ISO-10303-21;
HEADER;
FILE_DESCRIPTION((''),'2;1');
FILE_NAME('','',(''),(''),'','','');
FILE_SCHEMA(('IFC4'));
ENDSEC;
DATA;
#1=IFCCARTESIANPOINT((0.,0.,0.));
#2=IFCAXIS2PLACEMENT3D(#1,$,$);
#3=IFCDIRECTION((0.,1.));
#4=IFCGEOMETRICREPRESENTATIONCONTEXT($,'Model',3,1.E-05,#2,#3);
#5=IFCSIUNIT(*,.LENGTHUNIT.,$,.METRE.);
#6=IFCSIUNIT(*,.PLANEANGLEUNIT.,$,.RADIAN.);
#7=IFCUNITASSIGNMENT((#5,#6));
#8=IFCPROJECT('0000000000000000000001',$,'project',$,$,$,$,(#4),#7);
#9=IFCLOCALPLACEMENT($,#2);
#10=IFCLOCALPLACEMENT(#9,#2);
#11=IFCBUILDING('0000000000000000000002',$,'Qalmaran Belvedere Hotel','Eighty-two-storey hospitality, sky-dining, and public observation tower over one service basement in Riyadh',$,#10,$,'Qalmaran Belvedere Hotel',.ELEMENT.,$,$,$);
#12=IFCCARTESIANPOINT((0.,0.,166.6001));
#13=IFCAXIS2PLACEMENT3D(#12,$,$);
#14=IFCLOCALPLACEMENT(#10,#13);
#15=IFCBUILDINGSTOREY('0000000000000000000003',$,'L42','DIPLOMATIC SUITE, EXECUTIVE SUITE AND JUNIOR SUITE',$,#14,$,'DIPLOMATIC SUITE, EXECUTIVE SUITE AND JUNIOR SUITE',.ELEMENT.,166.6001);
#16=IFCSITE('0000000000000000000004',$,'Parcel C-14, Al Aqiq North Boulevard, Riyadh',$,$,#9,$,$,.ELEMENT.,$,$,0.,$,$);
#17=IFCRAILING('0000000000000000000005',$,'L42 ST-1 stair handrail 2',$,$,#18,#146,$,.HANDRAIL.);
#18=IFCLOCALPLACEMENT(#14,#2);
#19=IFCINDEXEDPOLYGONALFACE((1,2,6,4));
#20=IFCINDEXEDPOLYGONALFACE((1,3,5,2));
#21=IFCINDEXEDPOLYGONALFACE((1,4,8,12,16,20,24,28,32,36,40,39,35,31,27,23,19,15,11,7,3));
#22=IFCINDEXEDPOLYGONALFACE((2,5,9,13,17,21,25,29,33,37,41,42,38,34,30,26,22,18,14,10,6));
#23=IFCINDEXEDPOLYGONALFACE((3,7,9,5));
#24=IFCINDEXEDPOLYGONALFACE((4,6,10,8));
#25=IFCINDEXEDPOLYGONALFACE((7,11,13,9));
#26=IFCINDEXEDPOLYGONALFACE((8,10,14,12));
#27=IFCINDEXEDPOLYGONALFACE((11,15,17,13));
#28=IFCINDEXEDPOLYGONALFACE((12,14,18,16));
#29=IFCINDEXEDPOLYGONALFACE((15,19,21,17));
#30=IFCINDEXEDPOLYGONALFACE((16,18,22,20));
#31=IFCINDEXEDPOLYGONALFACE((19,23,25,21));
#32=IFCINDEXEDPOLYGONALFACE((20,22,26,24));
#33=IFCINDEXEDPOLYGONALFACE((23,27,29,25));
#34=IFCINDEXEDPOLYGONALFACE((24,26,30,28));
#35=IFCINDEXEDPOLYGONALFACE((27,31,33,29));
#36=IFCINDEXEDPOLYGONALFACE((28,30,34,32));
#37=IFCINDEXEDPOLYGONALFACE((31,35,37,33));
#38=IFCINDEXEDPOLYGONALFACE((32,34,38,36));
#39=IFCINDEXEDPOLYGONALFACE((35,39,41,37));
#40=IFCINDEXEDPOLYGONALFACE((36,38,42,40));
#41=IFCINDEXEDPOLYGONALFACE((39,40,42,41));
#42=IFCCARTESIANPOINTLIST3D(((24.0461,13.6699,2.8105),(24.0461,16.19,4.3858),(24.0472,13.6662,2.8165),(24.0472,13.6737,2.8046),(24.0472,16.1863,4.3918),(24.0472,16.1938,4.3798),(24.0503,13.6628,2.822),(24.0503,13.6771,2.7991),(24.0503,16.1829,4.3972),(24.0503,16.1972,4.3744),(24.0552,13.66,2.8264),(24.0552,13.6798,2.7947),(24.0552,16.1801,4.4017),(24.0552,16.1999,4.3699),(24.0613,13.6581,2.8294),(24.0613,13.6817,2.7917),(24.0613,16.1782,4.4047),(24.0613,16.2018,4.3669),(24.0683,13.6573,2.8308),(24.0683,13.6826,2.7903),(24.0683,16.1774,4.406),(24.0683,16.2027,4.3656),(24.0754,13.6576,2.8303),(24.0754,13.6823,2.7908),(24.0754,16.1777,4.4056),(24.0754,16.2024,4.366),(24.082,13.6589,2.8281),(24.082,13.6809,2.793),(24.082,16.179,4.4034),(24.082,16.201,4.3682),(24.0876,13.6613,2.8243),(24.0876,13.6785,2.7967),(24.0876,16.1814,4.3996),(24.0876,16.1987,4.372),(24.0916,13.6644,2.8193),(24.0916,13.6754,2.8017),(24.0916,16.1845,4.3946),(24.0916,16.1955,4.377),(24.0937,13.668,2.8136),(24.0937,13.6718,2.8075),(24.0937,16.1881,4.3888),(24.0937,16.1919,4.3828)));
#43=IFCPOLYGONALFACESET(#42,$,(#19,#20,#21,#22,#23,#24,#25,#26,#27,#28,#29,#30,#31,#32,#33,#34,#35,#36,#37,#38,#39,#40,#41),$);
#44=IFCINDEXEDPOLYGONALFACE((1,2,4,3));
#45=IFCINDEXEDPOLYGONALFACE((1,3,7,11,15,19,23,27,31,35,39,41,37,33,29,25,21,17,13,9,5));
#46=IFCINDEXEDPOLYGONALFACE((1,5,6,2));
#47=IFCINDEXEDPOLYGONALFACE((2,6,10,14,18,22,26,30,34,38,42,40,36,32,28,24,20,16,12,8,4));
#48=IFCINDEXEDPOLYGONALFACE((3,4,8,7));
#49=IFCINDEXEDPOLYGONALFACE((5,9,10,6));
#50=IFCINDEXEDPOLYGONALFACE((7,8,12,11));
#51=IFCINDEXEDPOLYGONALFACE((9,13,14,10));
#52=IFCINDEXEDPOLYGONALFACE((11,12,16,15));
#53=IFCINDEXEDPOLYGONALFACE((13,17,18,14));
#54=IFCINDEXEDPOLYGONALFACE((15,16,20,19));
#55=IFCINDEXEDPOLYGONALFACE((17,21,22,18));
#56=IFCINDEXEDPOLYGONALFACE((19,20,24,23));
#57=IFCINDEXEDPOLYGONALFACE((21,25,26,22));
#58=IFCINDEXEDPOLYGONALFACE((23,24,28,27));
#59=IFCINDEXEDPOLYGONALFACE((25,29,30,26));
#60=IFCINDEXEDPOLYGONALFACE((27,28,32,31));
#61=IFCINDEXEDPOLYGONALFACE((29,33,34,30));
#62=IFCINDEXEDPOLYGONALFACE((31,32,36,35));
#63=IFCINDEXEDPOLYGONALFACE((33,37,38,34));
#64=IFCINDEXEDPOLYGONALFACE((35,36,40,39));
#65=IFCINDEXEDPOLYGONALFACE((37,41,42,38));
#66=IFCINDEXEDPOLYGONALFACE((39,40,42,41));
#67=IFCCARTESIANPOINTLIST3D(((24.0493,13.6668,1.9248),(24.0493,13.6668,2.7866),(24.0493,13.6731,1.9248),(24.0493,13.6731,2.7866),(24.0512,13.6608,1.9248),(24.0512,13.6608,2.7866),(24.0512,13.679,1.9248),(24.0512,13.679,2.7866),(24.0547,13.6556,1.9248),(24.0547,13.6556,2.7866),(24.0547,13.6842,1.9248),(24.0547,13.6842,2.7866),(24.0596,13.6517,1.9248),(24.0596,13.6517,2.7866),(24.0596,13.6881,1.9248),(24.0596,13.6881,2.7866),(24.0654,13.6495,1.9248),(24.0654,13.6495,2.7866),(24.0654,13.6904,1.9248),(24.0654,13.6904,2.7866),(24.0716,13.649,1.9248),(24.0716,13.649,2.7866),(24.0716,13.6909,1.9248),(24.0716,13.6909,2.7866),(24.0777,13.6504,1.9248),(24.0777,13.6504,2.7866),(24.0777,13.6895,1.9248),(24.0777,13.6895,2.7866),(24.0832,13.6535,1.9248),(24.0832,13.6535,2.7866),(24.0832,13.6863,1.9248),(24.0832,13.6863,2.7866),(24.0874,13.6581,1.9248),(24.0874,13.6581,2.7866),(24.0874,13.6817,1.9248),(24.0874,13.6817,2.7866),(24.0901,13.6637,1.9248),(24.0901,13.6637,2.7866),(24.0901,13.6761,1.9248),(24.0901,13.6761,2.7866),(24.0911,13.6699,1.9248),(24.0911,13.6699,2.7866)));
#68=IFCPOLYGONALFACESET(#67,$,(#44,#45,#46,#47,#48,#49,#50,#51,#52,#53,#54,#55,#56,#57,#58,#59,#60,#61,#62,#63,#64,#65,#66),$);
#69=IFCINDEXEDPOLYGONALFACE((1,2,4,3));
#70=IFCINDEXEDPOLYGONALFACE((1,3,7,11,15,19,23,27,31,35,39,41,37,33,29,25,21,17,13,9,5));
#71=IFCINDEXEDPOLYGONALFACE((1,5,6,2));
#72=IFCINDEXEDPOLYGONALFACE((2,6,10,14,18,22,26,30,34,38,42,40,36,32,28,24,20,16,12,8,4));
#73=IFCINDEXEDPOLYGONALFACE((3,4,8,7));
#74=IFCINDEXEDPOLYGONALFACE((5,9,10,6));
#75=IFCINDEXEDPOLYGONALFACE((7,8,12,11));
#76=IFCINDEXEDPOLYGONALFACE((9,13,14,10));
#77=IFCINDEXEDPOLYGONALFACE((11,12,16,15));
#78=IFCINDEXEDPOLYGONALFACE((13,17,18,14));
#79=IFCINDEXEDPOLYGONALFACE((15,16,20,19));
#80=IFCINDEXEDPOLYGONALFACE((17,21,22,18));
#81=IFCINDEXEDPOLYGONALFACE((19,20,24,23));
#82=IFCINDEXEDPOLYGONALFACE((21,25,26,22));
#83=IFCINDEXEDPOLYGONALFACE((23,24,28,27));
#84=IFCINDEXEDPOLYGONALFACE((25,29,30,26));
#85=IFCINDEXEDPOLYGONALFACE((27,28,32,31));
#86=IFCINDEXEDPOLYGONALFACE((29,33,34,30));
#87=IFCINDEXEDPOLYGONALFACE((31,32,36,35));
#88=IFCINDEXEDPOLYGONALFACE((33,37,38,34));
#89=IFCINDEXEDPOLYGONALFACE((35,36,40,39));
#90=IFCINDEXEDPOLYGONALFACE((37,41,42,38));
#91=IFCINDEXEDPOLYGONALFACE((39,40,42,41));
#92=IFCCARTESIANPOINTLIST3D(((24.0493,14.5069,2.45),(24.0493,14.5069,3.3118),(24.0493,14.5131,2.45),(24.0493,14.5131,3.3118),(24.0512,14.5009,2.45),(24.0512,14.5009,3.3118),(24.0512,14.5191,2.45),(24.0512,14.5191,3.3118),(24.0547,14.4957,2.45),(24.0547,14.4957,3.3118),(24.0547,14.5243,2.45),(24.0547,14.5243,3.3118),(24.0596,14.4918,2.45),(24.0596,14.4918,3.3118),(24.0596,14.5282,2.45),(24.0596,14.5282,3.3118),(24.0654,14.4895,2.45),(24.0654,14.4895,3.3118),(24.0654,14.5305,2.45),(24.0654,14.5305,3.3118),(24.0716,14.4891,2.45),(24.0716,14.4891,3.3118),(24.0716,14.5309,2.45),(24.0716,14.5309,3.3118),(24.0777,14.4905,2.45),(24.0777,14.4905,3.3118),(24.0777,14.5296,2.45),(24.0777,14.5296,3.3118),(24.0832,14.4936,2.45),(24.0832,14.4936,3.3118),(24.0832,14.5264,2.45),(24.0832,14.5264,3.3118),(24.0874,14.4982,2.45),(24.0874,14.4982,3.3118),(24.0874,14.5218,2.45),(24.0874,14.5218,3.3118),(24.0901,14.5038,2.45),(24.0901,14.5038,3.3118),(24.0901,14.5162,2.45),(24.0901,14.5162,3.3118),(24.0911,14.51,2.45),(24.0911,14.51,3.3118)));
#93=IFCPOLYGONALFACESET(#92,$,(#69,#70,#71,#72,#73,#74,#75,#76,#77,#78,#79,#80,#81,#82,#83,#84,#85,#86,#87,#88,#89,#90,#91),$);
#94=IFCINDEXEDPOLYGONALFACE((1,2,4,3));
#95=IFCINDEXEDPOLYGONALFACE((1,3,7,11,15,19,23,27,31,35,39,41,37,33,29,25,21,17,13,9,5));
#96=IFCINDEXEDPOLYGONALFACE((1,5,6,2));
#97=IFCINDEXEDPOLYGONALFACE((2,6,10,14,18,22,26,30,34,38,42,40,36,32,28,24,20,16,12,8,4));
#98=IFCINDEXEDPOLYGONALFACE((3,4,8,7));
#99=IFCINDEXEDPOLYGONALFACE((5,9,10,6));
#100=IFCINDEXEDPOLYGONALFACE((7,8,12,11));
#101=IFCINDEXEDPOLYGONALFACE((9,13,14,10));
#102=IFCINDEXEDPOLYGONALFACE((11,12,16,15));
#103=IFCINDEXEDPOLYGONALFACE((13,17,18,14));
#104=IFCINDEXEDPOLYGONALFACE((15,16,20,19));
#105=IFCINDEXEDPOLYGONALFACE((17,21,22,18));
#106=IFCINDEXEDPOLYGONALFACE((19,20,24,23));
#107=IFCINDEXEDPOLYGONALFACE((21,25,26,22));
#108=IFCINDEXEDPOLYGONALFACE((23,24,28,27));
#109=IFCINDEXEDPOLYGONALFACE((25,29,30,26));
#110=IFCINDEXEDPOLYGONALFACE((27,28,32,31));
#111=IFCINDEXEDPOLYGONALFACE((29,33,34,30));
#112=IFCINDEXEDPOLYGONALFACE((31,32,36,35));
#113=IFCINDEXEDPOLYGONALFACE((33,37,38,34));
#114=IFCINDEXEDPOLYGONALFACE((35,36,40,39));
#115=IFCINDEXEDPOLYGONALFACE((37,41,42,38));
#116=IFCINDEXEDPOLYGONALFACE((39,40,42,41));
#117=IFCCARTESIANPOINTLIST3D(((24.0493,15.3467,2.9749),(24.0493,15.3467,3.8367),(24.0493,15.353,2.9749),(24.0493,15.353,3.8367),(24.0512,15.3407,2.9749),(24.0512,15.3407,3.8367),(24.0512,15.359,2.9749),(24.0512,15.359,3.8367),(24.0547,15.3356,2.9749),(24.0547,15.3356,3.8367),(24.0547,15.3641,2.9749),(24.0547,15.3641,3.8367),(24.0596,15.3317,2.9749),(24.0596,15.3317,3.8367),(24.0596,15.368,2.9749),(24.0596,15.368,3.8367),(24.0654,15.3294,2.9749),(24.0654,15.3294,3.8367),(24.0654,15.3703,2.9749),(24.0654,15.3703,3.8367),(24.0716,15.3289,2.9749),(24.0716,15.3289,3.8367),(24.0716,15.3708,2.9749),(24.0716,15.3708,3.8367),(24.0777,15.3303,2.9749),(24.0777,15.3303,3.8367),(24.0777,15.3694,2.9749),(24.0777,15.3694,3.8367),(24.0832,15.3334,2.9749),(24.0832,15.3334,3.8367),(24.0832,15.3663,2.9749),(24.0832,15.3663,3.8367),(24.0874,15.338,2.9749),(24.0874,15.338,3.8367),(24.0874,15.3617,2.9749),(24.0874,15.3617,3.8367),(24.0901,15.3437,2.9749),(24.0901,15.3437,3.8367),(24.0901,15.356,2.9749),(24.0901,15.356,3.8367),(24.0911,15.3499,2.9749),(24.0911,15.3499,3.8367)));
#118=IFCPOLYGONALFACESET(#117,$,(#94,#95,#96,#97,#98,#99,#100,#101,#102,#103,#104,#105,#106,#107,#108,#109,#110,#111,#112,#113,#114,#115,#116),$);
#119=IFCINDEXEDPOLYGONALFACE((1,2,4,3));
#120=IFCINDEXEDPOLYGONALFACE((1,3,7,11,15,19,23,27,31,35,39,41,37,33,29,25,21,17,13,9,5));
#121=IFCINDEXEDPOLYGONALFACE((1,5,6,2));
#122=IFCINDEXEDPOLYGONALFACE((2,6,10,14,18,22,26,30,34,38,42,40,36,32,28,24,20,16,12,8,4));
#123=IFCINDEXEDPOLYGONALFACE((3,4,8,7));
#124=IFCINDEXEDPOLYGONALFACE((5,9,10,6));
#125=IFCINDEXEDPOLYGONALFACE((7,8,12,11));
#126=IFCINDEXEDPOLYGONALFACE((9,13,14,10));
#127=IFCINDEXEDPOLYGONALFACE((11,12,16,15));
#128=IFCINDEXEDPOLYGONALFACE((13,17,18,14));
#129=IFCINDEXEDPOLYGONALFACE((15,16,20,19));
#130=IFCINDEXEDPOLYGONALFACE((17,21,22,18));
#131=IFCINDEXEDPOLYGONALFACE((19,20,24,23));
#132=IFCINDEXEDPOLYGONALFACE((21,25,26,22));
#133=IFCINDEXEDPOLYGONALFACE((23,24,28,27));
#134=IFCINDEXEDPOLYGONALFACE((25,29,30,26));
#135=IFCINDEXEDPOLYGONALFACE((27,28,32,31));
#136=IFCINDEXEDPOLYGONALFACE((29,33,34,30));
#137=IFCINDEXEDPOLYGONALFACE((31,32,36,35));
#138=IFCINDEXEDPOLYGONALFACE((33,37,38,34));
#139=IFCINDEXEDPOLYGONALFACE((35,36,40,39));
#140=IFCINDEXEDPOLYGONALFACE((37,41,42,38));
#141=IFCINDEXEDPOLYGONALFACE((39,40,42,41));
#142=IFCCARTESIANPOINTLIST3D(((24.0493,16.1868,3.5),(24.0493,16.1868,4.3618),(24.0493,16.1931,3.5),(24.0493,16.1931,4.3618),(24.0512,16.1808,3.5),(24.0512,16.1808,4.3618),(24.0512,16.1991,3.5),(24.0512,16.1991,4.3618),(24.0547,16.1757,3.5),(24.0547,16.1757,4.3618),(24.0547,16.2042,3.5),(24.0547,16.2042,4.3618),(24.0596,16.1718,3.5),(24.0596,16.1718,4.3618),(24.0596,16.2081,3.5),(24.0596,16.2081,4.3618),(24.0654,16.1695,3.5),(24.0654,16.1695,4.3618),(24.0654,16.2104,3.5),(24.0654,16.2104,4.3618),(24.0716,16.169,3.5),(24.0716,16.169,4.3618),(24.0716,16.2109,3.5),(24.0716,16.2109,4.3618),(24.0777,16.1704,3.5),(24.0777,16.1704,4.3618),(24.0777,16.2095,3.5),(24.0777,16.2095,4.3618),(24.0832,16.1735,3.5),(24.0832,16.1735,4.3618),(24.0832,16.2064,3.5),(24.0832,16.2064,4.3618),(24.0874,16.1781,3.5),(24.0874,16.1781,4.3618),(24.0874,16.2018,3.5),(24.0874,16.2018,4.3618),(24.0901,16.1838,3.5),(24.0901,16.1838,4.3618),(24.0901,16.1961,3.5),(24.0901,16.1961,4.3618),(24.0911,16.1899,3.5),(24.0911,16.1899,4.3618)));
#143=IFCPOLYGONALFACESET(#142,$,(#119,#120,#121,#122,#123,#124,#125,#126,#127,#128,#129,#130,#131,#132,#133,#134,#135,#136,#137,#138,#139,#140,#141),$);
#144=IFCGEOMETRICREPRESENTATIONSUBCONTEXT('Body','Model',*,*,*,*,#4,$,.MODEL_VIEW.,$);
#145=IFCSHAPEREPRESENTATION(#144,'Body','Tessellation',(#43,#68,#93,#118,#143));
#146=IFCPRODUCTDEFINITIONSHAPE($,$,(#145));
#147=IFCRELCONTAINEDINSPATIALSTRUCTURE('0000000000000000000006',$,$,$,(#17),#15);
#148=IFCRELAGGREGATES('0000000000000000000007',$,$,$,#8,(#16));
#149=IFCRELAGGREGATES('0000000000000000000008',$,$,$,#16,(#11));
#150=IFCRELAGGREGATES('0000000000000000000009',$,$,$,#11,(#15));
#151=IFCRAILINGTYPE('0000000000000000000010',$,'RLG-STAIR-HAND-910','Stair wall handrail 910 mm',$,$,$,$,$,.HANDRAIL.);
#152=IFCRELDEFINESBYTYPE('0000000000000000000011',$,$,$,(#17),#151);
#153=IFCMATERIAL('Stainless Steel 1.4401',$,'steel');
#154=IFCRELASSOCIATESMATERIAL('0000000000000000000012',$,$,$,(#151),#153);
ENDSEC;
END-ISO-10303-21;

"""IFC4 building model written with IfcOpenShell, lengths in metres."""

from ifc_helpers import new_model, si_unit, direction, frame, origin, origin_2d, place, context, subcontext, project, spatial, circle, extrude, material, type_object, element, save


model = new_model("IFC4")

# Units and contexts
model_context = context("Model", 3, precision=1e-05, world=origin(), true_north=direction((0.0, 1.0)))
body_context = subcontext(model_context, "Body", "Model", "MODEL_VIEW")
ifc_project = project(units=[si_unit("LENGTHUNIT", "METRE"), si_unit("PLANEANGLEUNIT", "RADIAN")], contexts=[model_context])

# Site, building, storey
site_placement = place(None, origin())
site = spatial("IfcSite", under=ifc_project, at=site_placement, Name="Parcel C-14, Al Aqiq North Boulevard, Riyadh", CompositionType="ELEMENT", RefElevation=0.0)
building_placement = place(site_placement, origin())
building = spatial("IfcBuilding", under=site, at=building_placement, Name="Qalmaran Belvedere Hotel", Description="Eighty-two-storey hospitality, sky-dining, and public observation tower over one service basement in Riyadh", LongName="Qalmaran Belvedere Hotel", CompositionType="ELEMENT")
storey_placement = place(building_placement, frame((0.0, 0.0, 166.6001)))
storey = spatial("IfcBuildingStorey", under=building, at=storey_placement, Name="L42", Description="DIPLOMATIC SUITE, EXECUTIVE SUITE AND JUNIOR SUITE", LongName="DIPLOMATIC SUITE, EXECUTIVE SUITE AND JUNIOR SUITE", CompositionType="ELEMENT", Elevation=166.6001)

# Shared definitions
ifc_material_1 = material(Name="Stainless Steel 1.4401", Category="steel")

# Railing
railing_type_1 = type_object("IfcRailingType", Name="RLG-STAIR-HAND-910", Description="Stair wall handrail 910 mm", PredefinedType="HANDRAIL", material=ifc_material_1)
railing_1_placement = place(storey_placement, frame((24.0701, 13.6699, 1.9248)))
element("IfcRailing", 1, at=railing_1_placement, inside=storey, type_object=railing_type_1, Name="L42 ST-1 stair handrail 2", PredefinedType="HANDRAIL", context=body_context, shape_type="SweptSolid", body=[
    extrude(circle(Radius=0.0239, at=origin_2d()), frame((0.0, 0.0, 0.8857), z_axis=(0.0, 0.847971, 0.530043), x_axis=(-1.0, 0.0, 0.0)), (0.0, 0.0, 1.0), 2.9719),
    extrude(circle(Radius=0.021, at=origin_2d()), origin(), (0.0, 0.0, 1.0), 0.8618),
    extrude(circle(Radius=0.021, at=origin_2d()), frame((0.0, 0.8401, 0.5251)), (0.0, 0.0, 1.0), 0.8618),
    extrude(circle(Radius=0.021, at=origin_2d()), frame((0.0, 1.6799, 1.05)), (0.0, 0.0, 1.0), 0.8618),
    extrude(circle(Radius=0.021, at=origin_2d()), frame((0.0, 2.52, 1.5752)), (0.0, 0.0, 1.0), 0.8618),
])

save(model, "model.ifc")
